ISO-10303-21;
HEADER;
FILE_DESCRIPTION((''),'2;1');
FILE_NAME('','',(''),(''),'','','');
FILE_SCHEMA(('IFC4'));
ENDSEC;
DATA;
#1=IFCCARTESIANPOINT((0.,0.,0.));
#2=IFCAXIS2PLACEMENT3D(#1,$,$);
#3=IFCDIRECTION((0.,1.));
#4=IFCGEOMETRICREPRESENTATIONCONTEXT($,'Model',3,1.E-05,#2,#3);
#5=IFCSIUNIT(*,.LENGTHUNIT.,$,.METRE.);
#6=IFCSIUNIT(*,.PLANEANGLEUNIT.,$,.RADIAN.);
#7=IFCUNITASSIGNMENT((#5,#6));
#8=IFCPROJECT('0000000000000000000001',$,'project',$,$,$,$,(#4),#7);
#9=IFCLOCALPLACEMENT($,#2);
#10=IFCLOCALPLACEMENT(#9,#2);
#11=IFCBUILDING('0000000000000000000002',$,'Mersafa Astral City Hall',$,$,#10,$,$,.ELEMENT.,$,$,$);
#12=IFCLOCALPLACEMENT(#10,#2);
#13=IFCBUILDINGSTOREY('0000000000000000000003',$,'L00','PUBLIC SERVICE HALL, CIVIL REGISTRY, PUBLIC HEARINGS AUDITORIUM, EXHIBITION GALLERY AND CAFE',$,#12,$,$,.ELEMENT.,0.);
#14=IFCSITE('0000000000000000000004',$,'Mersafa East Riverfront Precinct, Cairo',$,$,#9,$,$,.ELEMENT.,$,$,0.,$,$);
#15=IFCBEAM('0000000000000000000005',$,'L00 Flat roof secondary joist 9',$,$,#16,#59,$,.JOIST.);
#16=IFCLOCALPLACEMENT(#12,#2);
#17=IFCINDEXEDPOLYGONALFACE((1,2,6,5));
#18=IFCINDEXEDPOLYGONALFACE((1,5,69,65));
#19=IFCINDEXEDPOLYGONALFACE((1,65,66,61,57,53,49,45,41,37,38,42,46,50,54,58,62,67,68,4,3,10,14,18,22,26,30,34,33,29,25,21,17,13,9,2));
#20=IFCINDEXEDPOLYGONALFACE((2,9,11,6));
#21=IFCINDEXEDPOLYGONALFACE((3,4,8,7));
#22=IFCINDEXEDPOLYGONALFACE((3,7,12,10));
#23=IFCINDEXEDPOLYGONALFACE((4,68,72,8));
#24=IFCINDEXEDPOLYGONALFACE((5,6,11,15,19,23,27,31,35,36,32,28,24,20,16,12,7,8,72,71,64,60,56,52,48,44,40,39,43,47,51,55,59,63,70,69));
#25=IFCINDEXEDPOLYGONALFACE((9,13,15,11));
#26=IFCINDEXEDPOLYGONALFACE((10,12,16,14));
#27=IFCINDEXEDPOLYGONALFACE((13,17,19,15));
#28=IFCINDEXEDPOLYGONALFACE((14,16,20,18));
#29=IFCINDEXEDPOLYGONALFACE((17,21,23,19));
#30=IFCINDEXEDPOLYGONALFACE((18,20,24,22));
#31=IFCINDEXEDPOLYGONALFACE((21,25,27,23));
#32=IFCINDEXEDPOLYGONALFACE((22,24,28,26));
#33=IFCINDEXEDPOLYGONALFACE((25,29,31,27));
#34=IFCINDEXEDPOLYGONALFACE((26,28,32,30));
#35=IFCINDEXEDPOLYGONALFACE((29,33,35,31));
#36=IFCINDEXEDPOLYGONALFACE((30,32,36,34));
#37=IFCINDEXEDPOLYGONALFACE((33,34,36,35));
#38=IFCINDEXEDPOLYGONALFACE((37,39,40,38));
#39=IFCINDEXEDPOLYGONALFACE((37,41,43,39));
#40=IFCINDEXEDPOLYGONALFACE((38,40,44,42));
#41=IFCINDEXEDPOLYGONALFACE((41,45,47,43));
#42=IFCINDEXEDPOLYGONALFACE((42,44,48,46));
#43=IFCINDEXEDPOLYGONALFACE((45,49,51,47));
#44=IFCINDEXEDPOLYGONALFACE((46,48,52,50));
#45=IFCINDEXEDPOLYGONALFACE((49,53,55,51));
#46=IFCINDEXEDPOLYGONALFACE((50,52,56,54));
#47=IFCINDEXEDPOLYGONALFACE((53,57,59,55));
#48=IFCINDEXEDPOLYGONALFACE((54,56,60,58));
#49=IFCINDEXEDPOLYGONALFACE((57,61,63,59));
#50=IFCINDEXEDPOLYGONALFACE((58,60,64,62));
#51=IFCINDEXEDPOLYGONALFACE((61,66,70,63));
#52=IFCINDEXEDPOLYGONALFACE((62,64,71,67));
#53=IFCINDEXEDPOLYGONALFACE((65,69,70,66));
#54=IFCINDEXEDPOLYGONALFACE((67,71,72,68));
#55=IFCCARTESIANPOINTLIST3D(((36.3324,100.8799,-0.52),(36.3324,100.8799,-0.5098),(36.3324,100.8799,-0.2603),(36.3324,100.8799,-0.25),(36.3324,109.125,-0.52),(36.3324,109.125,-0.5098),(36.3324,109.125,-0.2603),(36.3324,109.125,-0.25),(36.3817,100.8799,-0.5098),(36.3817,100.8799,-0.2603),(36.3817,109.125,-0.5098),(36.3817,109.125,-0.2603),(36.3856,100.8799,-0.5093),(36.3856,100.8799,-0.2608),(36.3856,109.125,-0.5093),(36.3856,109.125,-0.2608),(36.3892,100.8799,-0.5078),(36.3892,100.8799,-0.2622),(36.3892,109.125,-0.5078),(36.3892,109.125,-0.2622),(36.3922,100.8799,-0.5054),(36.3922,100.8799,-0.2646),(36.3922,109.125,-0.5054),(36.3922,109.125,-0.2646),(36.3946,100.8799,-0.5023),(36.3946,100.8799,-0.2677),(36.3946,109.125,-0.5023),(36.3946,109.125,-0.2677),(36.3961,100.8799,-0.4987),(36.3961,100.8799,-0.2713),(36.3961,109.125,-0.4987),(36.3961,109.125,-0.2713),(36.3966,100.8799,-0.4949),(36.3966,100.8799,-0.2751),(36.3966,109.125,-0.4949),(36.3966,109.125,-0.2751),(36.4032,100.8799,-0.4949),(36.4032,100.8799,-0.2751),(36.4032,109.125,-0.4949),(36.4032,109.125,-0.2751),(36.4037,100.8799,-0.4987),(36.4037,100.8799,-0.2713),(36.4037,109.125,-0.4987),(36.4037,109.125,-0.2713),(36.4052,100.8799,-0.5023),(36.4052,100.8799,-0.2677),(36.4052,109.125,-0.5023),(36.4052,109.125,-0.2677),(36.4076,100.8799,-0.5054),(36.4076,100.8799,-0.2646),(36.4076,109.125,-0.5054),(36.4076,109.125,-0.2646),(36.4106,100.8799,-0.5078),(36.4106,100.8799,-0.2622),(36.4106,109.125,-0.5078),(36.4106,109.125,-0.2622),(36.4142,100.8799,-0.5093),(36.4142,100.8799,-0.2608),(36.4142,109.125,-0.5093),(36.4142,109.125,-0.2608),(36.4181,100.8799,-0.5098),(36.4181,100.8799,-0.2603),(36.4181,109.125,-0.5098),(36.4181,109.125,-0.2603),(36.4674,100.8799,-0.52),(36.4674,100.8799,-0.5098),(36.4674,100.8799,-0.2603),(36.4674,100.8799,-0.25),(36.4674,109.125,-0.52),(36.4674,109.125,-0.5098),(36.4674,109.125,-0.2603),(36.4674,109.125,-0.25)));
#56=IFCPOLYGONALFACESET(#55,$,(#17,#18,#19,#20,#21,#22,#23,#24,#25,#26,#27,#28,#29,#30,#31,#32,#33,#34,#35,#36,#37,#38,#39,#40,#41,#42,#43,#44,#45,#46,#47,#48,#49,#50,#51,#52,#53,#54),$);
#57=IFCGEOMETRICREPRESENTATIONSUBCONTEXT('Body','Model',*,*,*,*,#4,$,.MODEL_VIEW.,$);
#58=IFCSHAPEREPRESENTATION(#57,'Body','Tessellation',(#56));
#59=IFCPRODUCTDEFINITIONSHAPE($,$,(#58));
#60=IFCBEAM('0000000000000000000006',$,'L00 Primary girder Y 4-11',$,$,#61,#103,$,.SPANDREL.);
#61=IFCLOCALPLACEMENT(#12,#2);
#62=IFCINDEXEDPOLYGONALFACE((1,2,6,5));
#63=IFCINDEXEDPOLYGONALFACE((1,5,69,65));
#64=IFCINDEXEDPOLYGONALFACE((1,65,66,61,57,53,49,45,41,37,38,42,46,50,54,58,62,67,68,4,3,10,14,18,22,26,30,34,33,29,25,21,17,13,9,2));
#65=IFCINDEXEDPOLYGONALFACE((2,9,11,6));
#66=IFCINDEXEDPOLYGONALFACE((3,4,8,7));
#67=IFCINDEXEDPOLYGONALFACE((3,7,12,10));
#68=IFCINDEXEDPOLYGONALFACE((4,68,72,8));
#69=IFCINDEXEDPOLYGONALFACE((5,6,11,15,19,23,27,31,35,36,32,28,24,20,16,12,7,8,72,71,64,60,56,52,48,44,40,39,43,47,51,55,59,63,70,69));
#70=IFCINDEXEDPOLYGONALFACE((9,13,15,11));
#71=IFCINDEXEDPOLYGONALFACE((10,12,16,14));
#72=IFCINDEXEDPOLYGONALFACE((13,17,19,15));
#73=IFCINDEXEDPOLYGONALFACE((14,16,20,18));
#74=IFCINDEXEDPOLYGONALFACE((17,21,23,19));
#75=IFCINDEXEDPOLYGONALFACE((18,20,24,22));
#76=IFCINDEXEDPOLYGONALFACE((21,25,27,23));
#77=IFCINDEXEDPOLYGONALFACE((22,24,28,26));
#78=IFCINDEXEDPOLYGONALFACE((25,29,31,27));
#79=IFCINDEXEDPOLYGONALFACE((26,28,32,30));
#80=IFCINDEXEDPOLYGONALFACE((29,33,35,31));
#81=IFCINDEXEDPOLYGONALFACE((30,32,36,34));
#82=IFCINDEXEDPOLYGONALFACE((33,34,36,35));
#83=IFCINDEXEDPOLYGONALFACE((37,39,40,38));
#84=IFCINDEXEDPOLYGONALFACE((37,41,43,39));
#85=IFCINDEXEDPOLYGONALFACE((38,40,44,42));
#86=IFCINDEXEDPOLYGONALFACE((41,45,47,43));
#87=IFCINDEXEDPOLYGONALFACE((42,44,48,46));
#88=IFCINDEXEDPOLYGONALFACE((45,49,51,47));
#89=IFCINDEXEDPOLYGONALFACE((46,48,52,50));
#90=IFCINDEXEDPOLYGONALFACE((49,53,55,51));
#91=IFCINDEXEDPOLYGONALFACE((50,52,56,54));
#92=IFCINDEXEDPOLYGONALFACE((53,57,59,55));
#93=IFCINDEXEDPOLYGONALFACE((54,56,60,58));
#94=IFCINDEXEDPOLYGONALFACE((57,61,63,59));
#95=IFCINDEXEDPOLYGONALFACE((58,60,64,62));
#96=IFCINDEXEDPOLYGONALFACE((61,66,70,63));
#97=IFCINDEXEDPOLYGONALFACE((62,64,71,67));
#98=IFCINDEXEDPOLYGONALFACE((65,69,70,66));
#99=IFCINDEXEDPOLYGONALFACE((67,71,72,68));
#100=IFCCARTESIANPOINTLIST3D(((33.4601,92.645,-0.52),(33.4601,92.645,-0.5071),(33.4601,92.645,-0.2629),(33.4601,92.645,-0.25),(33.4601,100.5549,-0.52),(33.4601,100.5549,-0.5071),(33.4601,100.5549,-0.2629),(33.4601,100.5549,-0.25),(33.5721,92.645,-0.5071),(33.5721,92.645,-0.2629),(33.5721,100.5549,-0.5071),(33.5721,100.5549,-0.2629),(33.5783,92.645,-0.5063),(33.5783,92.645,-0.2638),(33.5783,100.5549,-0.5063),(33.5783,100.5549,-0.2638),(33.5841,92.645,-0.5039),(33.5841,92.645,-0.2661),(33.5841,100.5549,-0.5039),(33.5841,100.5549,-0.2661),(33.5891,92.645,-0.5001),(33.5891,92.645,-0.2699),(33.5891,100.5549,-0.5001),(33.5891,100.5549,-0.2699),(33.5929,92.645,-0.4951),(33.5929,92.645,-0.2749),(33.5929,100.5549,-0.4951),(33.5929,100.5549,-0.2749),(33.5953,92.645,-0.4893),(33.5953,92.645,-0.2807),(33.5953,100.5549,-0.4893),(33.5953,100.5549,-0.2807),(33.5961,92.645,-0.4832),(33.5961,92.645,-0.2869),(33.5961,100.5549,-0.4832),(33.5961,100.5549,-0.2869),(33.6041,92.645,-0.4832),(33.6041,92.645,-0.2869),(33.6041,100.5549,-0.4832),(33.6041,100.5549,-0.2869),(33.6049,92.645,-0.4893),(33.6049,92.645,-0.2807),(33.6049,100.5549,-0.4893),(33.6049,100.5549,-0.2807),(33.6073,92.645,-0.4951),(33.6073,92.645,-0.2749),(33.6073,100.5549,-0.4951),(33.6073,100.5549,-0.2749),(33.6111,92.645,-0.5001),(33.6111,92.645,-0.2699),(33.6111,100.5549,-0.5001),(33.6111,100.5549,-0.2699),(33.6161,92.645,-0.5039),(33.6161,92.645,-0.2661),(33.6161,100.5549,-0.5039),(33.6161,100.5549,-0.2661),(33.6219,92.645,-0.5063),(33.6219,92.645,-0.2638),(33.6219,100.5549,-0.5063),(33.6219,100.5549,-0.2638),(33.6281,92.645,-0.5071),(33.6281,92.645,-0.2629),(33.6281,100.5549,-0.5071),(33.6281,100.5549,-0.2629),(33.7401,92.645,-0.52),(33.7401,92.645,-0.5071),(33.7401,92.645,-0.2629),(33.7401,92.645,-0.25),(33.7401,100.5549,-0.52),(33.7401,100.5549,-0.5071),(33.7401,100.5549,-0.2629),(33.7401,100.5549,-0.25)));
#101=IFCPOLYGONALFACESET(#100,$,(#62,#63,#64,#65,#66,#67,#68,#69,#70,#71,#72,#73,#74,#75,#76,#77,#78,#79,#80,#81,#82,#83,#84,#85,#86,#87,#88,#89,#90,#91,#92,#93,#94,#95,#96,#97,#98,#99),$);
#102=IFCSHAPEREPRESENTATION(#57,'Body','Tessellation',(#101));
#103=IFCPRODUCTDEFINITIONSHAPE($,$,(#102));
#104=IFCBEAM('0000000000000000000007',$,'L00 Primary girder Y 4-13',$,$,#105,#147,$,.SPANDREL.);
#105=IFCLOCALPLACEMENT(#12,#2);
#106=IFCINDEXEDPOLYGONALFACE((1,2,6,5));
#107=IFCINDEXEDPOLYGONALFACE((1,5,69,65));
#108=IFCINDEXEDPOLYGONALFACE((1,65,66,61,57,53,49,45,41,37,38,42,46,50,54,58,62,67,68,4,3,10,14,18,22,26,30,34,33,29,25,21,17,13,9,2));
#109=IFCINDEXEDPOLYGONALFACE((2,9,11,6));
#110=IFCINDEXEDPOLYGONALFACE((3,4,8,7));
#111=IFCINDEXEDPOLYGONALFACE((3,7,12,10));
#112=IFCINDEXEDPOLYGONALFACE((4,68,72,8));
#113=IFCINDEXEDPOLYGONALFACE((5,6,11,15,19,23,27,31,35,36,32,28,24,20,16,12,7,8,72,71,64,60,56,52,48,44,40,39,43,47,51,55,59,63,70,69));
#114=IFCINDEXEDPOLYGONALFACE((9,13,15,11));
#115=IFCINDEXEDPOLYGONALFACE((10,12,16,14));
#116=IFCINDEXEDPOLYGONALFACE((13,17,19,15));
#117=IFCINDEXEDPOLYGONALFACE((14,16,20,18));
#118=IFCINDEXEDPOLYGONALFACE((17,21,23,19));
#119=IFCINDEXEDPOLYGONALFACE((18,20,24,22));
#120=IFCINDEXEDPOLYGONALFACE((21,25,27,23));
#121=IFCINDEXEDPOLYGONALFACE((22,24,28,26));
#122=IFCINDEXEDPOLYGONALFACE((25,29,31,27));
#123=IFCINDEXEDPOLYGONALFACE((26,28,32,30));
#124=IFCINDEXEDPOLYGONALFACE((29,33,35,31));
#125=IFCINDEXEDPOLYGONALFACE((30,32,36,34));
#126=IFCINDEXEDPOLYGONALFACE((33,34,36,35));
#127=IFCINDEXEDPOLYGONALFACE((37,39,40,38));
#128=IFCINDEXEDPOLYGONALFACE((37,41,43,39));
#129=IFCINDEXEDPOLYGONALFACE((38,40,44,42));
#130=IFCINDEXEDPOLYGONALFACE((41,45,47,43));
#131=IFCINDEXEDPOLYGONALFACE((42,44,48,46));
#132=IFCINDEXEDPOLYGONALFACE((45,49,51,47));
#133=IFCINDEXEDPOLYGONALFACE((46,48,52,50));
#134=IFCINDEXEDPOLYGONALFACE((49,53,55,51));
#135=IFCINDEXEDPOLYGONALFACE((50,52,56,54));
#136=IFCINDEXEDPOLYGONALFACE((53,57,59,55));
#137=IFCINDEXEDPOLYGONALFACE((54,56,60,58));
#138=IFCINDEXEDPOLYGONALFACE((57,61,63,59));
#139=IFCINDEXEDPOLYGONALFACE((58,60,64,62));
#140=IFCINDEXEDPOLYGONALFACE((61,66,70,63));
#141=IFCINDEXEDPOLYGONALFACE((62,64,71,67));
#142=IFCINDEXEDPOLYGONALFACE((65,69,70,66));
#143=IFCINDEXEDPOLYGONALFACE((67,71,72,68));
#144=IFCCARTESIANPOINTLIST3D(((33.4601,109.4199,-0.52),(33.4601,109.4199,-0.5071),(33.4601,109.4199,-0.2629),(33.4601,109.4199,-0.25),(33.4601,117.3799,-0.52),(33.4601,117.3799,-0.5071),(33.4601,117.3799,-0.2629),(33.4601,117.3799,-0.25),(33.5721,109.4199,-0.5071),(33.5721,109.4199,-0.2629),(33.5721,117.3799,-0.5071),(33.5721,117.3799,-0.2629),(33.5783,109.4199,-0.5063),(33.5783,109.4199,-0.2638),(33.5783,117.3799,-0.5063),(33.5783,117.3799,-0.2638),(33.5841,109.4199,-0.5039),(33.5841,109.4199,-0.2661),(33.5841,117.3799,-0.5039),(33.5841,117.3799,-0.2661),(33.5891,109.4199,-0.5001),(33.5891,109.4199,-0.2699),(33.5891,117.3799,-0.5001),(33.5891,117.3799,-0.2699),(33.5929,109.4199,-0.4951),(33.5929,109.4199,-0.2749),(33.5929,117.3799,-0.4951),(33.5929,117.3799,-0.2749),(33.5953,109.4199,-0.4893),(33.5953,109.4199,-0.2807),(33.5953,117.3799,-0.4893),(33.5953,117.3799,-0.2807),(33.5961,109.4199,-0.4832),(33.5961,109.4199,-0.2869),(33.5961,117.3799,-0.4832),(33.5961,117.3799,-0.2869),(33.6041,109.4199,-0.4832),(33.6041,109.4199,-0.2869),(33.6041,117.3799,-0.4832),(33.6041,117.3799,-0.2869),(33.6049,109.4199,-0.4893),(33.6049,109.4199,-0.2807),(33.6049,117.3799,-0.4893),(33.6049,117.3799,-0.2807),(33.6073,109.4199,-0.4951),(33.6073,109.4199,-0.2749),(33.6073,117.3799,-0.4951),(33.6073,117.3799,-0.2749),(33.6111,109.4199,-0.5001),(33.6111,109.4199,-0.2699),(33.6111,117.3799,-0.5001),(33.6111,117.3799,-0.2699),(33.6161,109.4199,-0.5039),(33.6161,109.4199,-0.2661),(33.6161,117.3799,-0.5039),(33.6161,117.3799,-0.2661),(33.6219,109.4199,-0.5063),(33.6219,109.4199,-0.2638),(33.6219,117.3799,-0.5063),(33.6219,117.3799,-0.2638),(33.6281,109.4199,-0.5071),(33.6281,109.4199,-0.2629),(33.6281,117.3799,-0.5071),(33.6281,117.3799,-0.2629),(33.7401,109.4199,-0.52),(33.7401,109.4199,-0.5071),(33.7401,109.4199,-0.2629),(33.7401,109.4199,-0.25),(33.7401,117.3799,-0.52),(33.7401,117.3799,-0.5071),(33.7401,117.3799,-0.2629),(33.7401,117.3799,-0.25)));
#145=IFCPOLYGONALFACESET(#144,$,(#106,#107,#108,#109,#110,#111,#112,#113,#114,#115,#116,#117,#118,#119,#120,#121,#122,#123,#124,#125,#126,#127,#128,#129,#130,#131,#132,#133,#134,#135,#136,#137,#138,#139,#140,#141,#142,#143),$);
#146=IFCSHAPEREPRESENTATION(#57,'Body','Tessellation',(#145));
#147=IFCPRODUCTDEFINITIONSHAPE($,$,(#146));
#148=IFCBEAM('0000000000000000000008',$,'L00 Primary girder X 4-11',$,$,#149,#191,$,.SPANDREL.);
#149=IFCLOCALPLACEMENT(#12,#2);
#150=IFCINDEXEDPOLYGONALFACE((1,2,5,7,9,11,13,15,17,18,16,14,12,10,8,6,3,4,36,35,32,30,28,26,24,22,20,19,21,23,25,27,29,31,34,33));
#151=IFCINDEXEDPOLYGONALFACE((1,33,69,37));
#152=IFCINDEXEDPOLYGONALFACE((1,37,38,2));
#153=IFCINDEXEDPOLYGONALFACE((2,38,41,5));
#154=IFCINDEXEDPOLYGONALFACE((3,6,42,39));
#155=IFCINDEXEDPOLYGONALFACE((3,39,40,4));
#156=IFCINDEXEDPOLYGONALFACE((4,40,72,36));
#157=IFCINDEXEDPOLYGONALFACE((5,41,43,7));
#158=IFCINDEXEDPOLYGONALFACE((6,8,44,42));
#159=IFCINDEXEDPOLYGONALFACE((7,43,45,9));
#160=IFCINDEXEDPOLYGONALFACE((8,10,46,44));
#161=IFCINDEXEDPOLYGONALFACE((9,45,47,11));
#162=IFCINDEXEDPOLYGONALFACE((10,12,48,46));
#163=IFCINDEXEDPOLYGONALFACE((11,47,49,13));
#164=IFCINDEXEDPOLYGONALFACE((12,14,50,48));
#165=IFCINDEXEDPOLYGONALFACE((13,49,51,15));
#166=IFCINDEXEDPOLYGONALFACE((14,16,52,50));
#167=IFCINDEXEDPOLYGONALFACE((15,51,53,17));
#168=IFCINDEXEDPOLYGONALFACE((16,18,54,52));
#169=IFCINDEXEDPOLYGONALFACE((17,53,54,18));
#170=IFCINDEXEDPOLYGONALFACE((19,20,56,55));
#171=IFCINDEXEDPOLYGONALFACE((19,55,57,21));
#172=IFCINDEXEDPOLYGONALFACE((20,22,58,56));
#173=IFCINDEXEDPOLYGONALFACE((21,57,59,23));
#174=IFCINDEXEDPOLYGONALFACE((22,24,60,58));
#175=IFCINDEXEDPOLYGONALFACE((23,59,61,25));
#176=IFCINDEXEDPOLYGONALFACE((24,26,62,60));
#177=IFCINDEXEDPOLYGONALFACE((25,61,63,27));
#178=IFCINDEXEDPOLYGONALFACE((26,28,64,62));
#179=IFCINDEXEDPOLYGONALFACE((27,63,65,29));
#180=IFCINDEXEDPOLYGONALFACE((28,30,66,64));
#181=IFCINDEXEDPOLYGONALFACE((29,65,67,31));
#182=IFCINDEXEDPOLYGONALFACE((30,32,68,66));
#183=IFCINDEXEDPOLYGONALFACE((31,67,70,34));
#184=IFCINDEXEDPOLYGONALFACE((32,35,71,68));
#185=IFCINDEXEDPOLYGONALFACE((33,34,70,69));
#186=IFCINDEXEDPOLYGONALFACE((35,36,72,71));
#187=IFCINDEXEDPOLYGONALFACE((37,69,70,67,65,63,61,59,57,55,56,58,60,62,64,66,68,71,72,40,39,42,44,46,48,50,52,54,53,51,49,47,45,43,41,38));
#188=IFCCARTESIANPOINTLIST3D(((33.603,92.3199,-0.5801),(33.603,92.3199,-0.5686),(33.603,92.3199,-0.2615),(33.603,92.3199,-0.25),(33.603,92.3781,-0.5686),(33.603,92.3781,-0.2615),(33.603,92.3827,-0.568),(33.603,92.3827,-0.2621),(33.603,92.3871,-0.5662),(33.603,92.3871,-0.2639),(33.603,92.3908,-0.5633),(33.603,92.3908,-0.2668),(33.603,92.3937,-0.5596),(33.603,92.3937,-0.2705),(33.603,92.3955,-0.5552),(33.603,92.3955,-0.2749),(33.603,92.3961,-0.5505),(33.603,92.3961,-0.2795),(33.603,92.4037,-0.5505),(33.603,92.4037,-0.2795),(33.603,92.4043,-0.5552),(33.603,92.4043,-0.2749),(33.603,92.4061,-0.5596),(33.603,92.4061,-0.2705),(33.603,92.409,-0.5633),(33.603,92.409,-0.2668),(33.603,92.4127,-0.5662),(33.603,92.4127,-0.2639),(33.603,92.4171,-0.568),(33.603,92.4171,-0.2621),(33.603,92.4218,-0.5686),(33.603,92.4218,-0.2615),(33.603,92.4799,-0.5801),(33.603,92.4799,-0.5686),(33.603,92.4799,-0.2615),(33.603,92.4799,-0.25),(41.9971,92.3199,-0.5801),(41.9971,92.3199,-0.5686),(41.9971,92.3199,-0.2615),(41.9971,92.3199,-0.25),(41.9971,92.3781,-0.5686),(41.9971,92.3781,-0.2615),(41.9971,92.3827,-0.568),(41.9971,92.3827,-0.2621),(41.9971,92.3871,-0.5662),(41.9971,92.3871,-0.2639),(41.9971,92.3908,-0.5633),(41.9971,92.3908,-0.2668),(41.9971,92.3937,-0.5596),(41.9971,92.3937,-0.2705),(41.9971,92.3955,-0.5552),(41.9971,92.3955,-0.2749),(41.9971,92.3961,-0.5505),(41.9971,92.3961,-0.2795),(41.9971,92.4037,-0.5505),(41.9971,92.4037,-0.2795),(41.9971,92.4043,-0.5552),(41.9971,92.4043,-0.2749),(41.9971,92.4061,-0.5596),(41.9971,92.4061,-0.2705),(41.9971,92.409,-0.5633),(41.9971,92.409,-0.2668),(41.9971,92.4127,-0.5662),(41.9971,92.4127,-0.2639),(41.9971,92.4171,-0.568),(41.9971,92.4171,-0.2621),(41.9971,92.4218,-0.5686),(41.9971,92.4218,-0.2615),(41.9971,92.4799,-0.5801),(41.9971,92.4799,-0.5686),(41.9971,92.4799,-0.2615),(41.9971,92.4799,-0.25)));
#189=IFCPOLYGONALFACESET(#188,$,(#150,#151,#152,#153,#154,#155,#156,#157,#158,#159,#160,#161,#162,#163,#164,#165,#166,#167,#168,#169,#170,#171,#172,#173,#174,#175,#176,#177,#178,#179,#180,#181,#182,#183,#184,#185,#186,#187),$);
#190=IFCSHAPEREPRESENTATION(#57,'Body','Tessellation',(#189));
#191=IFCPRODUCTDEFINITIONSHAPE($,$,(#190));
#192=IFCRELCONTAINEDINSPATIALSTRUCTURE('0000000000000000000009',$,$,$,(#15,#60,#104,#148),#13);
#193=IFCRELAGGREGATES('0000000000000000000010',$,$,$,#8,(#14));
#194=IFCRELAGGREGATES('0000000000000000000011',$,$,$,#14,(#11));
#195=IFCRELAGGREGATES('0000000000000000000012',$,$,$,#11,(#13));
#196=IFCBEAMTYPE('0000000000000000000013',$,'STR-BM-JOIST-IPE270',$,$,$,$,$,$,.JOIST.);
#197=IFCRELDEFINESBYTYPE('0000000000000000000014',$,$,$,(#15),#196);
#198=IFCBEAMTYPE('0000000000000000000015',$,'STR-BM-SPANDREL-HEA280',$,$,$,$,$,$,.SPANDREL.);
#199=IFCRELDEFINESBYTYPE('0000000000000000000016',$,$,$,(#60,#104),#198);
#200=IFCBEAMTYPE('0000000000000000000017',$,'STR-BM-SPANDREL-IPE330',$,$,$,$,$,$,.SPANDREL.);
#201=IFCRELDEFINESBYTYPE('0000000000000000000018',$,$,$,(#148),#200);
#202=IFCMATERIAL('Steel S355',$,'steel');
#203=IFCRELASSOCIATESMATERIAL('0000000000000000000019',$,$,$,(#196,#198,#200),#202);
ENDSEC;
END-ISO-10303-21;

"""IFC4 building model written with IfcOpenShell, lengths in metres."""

from ifc_helpers import new_model, si_unit, direction, frame, origin, origin_2d, place, context, subcontext, project, spatial, i_section, extrude, material, material_profile, profile_set, type_object, element, save


model = new_model("IFC4")

# Units and contexts
model_context = context("Model", 3, precision=1e-05, world=origin(), true_north=direction((0.0, 1.0)))
body_context = subcontext(model_context, "Body", "Model", "MODEL_VIEW")
ifc_project = project(units=[si_unit("LENGTHUNIT", "METRE"), si_unit("PLANEANGLEUNIT", "RADIAN")], contexts=[model_context])

# Site, building, storey
site_placement = place(None, origin())
site = spatial("IfcSite", under=ifc_project, at=site_placement, Name="Mersafa East Riverfront Precinct, Cairo", CompositionType="ELEMENT", RefElevation=0.0)
building_placement = place(site_placement, origin())
building = spatial("IfcBuilding", under=site, at=building_placement, Name="Mersafa Astral City Hall", CompositionType="ELEMENT")
storey_placement = place(building_placement, origin())
storey = spatial("IfcBuildingStorey", under=building, at=storey_placement, Name="L00", Description="PUBLIC SERVICE HALL, CIVIL REGISTRY, PUBLIC HEARINGS AUDITORIUM, EXHIBITION GALLERY AND CAFE", CompositionType="ELEMENT", Elevation=0.0)

# Shared definitions
ifc_material_1 = material(Name="Steel S355", Category="steel")

# Beams
ifc_material_profile_1 = material_profile(ifc_material_1, i_section(OverallWidth=0.135, OverallDepth=0.27, WebThickness=0.0066, FlangeThickness=0.0103, FilletRadius=0.0149, at=origin_2d()), Name="IPE 270")
ifc_profile_set_1 = profile_set([ifc_material_profile_1], Name="Steel S355")
beam_type_1 = type_object("IfcBeamType", Name="STR-BM-JOIST-IPE270", PredefinedType="JOIST", material=ifc_profile_set_1)
beam_1_placement = place(storey_placement, frame((36.3999, 100.8799, -0.385), z_axis=(0.0, 1.0, 0.0), x_axis=(-1.0, 0.0, 0.0)))
element("IfcBeam", 1, at=beam_1_placement, inside=storey, type_object=beam_type_1, Name="L00 Flat roof secondary joist 9", PredefinedType="JOIST", context=body_context, shape_type="SweptSolid", body=[
    extrude(i_section(OverallWidth=0.135, OverallDepth=0.27, WebThickness=0.0066, FlangeThickness=0.0103, FilletRadius=0.0149, at=origin_2d()), origin(), (0.0, 0.0, 1.0), 8.2451),
])
ifc_material_profile_2 = material_profile(ifc_material_1, i_section(OverallWidth=0.28, OverallDepth=0.27, WebThickness=0.0081, FlangeThickness=0.0129, FilletRadius=0.0239, at=origin_2d()), Name="HEA 280")
ifc_profile_set_2 = profile_set([ifc_material_profile_2], Name="Steel S355")
beam_type_2 = type_object("IfcBeamType", Name="STR-BM-SPANDREL-HEA280", PredefinedType="SPANDREL", material=ifc_profile_set_2)
beam_2_placement = place(storey_placement, frame((33.6001, 92.645, -0.385), z_axis=(0.0, 1.0, 0.0), x_axis=(-1.0, 0.0, 0.0)))
element("IfcBeam", 2, at=beam_2_placement, inside=storey, type_object=beam_type_2, Name="L00 Primary girder Y 4-11", PredefinedType="SPANDREL", context=body_context, shape_type="SweptSolid", body=[
    extrude(i_section(OverallWidth=0.28, OverallDepth=0.27, WebThickness=0.0081, FlangeThickness=0.0129, FilletRadius=0.0239, at=origin_2d()), origin(), (0.0, 0.0, 1.0), 7.9099),
])
beam_3_placement = place(storey_placement, frame((33.6001, 109.4199, -0.385), z_axis=(0.0, 1.0, 0.0), x_axis=(-1.0, 0.0, 0.0)))
element("IfcBeam", 3, at=beam_3_placement, inside=storey, type_object=beam_type_2, Name="L00 Primary girder Y 4-13", PredefinedType="SPANDREL", context=body_context, shape_type="SweptSolid", body=[
    extrude(i_section(OverallWidth=0.28, OverallDepth=0.27, WebThickness=0.0081, FlangeThickness=0.0129, FilletRadius=0.0239, at=origin_2d()), origin(), (0.0, 0.0, 1.0), 7.96),
])
ifc_material_profile_3 = material_profile(ifc_material_1, i_section(OverallWidth=0.1599, OverallDepth=0.3301, WebThickness=0.0076, FlangeThickness=0.0115, FilletRadius=0.0181, at=origin_2d()), Name="IPE 330")
ifc_profile_set_3 = profile_set([ifc_material_profile_3], Name="Steel S355")
beam_type_3 = type_object("IfcBeamType", Name="STR-BM-SPANDREL-IPE330", PredefinedType="SPANDREL", material=ifc_profile_set_3)
for number, where, z_axis, x_axis, name in (
    (4, (33.603, 92.3999, -0.415), (1.0, 0.0, 0.0), (0.0, 1.0, 0.0), "L00 Primary girder X 4-11"),
):
    element("IfcBeam", number, at=place(storey_placement, frame(where, z_axis=z_axis, x_axis=x_axis)), inside=storey, type_object=beam_type_3, Name=name, PredefinedType="SPANDREL", context=body_context, shape_type="SweptSolid", body=[
        extrude(i_section(OverallWidth=0.1599, OverallDepth=0.3301, WebThickness=0.0076, FlangeThickness=0.0115, FilletRadius=0.0181, at=origin_2d()), origin(), (0.0, 0.0, 1.0), 8.394),
    ])

save(model, "model.ifc")
